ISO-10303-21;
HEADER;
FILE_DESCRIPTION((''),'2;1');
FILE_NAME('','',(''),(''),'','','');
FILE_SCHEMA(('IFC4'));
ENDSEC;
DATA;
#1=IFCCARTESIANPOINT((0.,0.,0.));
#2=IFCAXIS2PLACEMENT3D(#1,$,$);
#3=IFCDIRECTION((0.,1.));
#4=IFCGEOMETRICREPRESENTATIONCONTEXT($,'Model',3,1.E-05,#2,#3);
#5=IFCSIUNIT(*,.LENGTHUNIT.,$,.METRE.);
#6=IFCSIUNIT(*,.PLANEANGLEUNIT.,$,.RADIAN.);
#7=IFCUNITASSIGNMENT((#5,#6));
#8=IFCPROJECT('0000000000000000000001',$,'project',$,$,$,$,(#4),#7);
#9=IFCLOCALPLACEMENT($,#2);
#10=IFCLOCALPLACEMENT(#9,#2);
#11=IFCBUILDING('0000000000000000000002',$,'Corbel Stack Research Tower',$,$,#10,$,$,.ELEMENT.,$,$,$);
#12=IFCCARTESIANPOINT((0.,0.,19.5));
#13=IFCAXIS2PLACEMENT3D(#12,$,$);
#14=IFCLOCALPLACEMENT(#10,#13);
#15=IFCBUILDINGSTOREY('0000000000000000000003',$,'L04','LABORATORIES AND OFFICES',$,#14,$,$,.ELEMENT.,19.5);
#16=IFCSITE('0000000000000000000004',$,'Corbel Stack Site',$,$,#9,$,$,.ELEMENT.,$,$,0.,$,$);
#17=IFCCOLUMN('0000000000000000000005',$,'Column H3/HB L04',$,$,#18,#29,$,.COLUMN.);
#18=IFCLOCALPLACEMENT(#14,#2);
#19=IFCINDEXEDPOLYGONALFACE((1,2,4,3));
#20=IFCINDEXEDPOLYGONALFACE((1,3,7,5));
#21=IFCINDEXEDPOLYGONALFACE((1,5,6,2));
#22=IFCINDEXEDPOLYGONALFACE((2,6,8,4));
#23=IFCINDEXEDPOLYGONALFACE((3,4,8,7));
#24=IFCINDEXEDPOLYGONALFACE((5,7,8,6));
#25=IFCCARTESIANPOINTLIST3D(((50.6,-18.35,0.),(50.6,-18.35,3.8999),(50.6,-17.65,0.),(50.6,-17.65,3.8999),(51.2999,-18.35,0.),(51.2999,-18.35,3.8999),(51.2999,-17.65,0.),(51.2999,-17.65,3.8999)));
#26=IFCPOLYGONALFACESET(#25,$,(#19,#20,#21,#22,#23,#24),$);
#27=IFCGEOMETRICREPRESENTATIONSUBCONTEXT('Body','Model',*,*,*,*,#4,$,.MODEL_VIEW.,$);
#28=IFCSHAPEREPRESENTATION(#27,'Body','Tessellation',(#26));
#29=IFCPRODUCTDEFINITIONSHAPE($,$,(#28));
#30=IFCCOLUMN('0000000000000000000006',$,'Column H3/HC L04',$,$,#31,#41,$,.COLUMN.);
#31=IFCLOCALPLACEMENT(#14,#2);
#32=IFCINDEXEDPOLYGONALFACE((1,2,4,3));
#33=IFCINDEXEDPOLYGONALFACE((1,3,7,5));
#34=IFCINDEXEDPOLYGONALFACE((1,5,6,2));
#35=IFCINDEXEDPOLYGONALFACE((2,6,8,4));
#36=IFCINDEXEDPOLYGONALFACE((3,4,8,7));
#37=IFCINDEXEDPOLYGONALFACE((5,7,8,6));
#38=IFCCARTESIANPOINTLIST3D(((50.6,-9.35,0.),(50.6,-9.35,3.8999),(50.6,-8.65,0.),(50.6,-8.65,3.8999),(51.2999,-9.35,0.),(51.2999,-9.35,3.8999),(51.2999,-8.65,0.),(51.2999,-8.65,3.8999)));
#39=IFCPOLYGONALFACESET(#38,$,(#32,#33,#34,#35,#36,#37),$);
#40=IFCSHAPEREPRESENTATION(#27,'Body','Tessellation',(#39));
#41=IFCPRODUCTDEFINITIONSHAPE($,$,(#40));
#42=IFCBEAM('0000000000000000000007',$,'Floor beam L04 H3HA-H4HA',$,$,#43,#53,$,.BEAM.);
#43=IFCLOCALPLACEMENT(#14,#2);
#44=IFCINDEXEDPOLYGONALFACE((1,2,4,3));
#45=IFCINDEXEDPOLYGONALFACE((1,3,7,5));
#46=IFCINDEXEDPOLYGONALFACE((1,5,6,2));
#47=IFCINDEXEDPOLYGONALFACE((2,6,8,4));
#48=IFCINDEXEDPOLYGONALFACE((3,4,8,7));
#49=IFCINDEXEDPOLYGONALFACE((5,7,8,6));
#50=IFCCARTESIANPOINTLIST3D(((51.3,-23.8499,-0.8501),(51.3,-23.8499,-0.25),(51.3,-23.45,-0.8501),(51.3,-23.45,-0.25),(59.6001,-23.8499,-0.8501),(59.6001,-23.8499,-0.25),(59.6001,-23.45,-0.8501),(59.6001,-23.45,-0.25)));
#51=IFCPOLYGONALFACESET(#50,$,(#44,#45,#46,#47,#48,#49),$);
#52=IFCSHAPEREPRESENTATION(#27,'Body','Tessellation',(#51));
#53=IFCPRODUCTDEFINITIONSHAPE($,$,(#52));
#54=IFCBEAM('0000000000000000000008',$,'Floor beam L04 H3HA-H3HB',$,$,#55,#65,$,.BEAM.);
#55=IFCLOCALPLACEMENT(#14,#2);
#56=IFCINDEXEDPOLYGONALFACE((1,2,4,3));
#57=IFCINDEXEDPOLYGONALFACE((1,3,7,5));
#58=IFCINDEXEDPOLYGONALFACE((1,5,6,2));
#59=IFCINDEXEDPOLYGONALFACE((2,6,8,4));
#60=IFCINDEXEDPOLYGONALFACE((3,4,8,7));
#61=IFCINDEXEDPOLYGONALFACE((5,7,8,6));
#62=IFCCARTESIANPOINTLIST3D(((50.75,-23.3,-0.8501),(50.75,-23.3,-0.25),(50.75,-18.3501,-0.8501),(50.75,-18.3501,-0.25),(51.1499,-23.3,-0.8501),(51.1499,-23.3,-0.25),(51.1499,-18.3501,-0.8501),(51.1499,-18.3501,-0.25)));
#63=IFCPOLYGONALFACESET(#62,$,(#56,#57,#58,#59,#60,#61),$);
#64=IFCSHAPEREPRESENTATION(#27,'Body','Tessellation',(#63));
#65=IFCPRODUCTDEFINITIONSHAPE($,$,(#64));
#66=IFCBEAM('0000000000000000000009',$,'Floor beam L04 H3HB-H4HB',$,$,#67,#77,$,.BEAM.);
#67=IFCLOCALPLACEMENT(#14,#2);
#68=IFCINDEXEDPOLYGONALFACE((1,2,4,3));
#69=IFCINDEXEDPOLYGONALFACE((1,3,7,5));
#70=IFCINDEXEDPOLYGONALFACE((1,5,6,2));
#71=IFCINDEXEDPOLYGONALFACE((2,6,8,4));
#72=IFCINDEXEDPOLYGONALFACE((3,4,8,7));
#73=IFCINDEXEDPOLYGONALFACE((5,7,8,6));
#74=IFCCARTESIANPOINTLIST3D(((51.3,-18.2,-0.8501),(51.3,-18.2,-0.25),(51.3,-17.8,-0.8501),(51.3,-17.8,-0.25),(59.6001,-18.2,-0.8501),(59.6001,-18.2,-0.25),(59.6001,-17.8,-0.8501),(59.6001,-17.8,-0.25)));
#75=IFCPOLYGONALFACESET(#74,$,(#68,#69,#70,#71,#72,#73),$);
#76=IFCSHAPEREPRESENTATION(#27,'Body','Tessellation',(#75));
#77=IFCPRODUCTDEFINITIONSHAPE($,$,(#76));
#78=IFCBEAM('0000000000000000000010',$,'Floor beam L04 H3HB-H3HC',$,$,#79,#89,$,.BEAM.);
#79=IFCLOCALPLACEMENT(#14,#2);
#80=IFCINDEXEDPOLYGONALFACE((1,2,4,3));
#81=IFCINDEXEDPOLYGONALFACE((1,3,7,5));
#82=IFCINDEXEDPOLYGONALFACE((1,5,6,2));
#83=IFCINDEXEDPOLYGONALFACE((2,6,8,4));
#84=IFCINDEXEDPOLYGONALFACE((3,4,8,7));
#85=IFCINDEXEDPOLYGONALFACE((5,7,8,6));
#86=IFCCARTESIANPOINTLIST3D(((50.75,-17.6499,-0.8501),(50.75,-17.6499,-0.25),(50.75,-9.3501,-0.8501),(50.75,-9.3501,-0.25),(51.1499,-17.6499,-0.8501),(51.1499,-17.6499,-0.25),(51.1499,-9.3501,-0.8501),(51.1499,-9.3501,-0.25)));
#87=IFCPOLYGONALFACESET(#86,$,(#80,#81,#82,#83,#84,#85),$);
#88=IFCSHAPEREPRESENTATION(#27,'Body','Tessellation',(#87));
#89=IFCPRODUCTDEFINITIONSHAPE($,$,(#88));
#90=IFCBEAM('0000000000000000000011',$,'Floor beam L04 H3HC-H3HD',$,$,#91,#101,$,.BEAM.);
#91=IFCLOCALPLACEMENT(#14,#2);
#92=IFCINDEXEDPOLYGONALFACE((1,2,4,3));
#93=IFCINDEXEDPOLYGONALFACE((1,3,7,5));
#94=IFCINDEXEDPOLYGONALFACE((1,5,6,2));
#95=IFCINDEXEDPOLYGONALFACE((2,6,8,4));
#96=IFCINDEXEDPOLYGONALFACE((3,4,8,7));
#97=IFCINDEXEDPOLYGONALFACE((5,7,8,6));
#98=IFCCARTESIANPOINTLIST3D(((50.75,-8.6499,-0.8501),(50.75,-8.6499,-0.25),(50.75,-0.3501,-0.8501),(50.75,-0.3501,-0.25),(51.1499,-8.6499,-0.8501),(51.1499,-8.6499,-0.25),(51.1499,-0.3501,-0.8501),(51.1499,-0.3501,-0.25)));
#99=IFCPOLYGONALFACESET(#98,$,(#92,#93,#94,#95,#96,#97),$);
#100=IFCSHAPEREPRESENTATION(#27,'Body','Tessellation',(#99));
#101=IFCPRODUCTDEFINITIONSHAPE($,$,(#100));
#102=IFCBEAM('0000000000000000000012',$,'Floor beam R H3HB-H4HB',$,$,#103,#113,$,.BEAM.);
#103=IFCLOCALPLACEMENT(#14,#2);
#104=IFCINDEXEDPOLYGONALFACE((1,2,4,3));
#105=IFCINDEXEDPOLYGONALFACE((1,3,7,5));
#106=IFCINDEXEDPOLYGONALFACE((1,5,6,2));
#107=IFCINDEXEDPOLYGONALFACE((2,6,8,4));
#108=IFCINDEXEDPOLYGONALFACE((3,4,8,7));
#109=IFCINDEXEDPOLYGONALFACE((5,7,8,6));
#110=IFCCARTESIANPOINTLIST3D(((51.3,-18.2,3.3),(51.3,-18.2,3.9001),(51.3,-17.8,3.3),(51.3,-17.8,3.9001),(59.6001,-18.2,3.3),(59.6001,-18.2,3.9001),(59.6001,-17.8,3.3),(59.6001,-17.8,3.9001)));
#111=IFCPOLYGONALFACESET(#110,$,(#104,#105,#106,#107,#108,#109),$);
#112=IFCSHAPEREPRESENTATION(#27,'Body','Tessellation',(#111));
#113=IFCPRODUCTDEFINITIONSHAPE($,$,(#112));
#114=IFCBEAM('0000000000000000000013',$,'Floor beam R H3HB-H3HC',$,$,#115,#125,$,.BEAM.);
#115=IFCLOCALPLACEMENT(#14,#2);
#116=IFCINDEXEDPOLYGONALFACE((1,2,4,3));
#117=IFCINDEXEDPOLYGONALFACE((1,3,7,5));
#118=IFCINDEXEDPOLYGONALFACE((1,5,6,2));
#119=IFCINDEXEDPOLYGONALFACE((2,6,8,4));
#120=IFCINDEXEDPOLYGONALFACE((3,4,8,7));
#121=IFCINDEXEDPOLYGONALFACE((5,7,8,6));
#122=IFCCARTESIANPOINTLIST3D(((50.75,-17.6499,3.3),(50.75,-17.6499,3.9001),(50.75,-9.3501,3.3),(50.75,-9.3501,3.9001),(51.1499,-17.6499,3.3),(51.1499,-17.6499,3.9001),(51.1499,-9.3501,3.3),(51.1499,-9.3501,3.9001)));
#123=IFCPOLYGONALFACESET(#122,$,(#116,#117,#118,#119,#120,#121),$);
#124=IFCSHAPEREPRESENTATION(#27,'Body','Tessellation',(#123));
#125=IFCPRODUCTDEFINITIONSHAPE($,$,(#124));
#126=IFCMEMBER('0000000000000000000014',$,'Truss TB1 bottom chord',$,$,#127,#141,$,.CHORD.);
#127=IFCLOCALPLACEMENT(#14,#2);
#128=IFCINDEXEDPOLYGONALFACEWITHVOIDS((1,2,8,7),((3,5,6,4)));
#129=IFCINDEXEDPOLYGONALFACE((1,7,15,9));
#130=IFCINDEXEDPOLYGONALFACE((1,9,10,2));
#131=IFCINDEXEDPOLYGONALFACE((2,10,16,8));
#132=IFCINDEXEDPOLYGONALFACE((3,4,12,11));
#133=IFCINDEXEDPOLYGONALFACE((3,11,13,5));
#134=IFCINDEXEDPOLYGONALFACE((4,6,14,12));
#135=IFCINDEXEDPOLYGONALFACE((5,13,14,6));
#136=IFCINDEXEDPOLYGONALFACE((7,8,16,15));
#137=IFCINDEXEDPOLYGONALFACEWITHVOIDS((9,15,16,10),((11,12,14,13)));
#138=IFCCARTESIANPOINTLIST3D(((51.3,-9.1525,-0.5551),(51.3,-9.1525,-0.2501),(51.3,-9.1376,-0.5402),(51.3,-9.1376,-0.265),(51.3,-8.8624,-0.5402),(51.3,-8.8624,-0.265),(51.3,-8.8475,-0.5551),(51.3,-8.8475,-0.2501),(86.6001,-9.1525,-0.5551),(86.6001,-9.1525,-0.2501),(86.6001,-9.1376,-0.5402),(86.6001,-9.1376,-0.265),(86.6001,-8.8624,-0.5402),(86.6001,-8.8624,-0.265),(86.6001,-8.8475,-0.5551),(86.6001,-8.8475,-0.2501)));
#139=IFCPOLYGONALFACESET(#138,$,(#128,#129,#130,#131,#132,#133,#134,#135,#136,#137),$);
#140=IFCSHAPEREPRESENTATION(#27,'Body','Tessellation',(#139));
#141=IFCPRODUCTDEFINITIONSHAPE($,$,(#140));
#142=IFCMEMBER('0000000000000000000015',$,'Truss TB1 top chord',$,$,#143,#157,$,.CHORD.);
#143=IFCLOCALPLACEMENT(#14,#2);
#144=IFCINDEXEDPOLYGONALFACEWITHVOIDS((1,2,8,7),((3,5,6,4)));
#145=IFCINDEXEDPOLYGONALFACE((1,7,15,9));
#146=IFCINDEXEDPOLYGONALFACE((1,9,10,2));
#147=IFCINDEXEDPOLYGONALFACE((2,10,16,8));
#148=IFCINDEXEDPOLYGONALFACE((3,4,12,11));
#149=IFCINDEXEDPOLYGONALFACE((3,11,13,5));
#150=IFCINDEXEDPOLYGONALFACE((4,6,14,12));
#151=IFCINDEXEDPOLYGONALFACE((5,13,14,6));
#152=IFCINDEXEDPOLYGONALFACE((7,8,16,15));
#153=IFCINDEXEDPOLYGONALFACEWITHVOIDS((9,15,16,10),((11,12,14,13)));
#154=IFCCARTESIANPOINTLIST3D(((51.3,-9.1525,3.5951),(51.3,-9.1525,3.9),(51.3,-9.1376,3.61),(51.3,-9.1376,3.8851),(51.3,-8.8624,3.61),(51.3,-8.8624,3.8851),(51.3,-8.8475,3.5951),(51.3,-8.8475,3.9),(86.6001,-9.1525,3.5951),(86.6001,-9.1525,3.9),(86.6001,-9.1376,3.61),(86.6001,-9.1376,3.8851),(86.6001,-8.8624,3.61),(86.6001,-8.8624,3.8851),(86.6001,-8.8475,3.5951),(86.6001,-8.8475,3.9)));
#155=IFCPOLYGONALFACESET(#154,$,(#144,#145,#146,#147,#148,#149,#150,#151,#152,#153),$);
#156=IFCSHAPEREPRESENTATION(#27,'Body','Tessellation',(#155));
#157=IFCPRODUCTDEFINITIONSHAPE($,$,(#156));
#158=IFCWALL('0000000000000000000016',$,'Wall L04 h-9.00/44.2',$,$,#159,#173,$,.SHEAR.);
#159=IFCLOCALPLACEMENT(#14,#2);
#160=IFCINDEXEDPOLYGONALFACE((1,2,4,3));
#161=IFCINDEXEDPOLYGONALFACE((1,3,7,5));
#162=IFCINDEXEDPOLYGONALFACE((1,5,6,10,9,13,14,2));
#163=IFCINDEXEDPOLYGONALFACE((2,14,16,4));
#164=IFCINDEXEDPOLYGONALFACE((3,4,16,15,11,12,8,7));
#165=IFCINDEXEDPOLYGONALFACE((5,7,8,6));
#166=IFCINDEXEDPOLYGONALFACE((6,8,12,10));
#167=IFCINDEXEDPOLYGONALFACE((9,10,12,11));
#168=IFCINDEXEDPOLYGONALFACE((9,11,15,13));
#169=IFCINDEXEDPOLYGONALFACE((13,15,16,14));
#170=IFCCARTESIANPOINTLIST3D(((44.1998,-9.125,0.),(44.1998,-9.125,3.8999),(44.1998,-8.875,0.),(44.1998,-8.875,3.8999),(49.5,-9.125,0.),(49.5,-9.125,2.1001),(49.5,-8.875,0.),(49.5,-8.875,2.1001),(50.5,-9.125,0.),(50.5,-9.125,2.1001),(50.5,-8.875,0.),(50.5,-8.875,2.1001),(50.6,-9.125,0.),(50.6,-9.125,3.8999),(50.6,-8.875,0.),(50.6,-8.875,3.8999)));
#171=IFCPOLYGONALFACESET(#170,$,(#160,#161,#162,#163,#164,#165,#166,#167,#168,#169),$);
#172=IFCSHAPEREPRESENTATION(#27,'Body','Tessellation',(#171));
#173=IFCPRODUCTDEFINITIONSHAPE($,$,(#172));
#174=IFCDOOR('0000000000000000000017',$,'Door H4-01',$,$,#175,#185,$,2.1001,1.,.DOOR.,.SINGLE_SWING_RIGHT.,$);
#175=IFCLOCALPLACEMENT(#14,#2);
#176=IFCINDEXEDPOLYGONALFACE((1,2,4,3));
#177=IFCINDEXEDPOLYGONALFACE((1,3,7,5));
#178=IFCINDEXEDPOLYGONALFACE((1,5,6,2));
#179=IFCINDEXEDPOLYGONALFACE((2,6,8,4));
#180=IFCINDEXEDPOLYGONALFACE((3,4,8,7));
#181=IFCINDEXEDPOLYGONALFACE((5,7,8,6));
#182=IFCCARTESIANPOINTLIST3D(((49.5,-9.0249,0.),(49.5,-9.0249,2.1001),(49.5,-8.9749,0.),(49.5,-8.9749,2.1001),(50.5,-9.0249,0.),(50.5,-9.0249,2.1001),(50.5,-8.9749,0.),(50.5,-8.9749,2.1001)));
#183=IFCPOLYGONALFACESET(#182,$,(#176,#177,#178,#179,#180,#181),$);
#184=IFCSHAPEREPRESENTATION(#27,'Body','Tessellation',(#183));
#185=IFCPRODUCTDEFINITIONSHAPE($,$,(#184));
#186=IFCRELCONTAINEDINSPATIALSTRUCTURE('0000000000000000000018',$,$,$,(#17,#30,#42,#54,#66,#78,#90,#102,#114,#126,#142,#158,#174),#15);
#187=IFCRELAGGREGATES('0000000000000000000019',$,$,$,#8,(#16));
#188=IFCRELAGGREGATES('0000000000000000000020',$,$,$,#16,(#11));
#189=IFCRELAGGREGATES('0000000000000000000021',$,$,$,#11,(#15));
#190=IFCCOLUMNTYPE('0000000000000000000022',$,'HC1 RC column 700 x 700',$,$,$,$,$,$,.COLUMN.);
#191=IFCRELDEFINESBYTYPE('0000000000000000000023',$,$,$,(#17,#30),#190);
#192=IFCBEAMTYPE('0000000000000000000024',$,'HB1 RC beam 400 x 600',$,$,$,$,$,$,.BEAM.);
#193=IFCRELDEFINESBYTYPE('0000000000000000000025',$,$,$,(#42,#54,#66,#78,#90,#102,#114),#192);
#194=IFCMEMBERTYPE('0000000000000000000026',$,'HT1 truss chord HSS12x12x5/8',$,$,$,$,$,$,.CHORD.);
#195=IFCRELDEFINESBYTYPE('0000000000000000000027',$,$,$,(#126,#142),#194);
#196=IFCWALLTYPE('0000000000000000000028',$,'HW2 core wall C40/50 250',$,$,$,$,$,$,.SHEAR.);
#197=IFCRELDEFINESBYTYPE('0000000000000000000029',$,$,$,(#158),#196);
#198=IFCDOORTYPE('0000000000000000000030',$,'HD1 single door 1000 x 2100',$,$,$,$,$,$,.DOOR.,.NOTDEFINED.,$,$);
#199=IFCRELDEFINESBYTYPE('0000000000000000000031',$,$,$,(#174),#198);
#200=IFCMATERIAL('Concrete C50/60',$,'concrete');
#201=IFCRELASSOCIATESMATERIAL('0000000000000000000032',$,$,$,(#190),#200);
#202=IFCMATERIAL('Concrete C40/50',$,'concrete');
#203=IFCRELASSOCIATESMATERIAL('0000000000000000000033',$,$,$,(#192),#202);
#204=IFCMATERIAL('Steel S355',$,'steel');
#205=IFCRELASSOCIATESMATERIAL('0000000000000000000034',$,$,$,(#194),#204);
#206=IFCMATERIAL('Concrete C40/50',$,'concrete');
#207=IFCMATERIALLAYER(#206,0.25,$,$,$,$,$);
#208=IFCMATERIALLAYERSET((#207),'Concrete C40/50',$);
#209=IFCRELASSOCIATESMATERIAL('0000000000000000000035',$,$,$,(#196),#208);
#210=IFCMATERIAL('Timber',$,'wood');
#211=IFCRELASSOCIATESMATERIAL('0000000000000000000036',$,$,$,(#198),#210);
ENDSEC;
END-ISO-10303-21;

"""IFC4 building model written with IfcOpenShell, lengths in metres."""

from ifc_helpers import new_model, si_unit, direction, frame, frame_2d, origin, origin_2d, place, context, subcontext, project, spatial, rectangle, hollow_rectangle, extrude, material, layer, layer_set, material_profile, profile_set, type_object, element, fill, save


model = new_model("IFC4")

# Units and contexts
model_context = context("Model", 3, precision=1e-05, world=origin(), true_north=direction((0.0, 1.0)))
body_context = subcontext(model_context, "Body", "Model", "MODEL_VIEW")
ifc_project = project(units=[si_unit("LENGTHUNIT", "METRE"), si_unit("PLANEANGLEUNIT", "RADIAN")], contexts=[model_context])

# Site, building, storey
site_placement = place(None, origin())
site = spatial("IfcSite", under=ifc_project, at=site_placement, Name="Corbel Stack Site", CompositionType="ELEMENT", RefElevation=0.0)
building_placement = place(site_placement, origin())
building = spatial("IfcBuilding", under=site, at=building_placement, Name="Corbel Stack Research Tower", CompositionType="ELEMENT")
storey_placement = place(building_placement, frame((0.0, 0.0, 19.5)))
storey = spatial("IfcBuildingStorey", under=building, at=storey_placement, Name="L04", Description="LABORATORIES AND OFFICES", CompositionType="ELEMENT", Elevation=19.5)

# Columns
ifc_material_1 = material(Name="Concrete C50/60", Category="concrete")
ifc_material_profile_1 = material_profile(ifc_material_1, rectangle(XDim=0.7, YDim=0.7, at=origin_2d()), Name="RC 700 x 700")
ifc_profile_set_1 = profile_set([ifc_material_profile_1], Name="Concrete C50/60")
column_type = type_object("IfcColumnType", Name="HC1 RC column 700 x 700", PredefinedType="COLUMN", material=ifc_profile_set_1)
for number, where, z_axis, x_axis, name in (
    (1, (50.95, -18.0, 0.0), (0.0, 0.0, 1.0), (1.0, 0.0, 0.0), "Column H3/HB L04"),
    (2, (50.95, -9.0, 0.0), (0.0, 0.0, 1.0), (1.0, 0.0, 0.0), "Column H3/HC L04"),
):
    element("IfcColumn", number, at=place(storey_placement, frame(where, z_axis=z_axis, x_axis=x_axis)), inside=storey, type_object=column_type, Name=name, PredefinedType="COLUMN", context=body_context, shape_type="SweptSolid", body=[
        extrude(rectangle(XDim=0.7, YDim=0.7, at=origin_2d()), origin(), (0.0, 0.0, 1.0), 3.8999),
    ])

# Beams
ifc_material_2 = material(Name="Concrete C40/50", Category="concrete")
ifc_material_profile_2 = material_profile(ifc_material_2, rectangle(XDim=0.3999, YDim=0.6001, at=origin_2d()), Name="RC 400 x 600")
ifc_profile_set_2 = profile_set([ifc_material_profile_2], Name="Concrete C40/50")
beam_type = type_object("IfcBeamType", Name="HB1 RC beam 400 x 600", PredefinedType="BEAM", material=ifc_profile_set_2)
beam_1_placement = place(storey_placement, frame((51.3, -23.6499, -0.55), z_axis=(1.0, 0.0, 0.0), x_axis=(0.0, 1.0, 0.0)))
element("IfcBeam", 3, at=beam_1_placement, inside=storey, type_object=beam_type, Name="Floor beam L04 H3HA-H4HA", PredefinedType="BEAM", context=body_context, shape_type="SweptSolid", body=[
    extrude(rectangle(XDim=0.3999, YDim=0.6001, at=origin_2d()), origin(), (0.0, 0.0, 1.0), 8.3),
])
beam_2_placement = place(storey_placement, frame((50.95, -23.3, -0.55), z_axis=(0.0, 1.0, 0.0), x_axis=(-1.0, 0.0, 0.0)))
element("IfcBeam", 4, at=beam_2_placement, inside=storey, type_object=beam_type, Name="Floor beam L04 H3HA-H3HB", PredefinedType="BEAM", context=body_context, shape_type="SweptSolid", body=[
    extrude(rectangle(XDim=0.3999, YDim=0.6001, at=origin_2d()), origin(), (0.0, 0.0, 1.0), 4.95),
])
beam_3_placement = place(storey_placement, frame((51.3, -18.0, -0.55), z_axis=(1.0, 0.0, 0.0), x_axis=(0.0, 1.0, 0.0)))
element("IfcBeam", 5, at=beam_3_placement, inside=storey, type_object=beam_type, Name="Floor beam L04 H3HB-H4HB", PredefinedType="BEAM", context=body_context, shape_type="SweptSolid", body=[
    extrude(rectangle(XDim=0.3999, YDim=0.6001, at=origin_2d()), origin(), (0.0, 0.0, 1.0), 8.3),
])
for number, where, z_axis, x_axis, name in (
    (6, (50.95, -17.6499, -0.55), (0.0, 1.0, 0.0), (-1.0, 0.0, 0.0), "Floor beam L04 H3HB-H3HC"),
    (7, (50.95, -8.6499, -0.55), (0.0, 1.0, 0.0), (-1.0, 0.0, 0.0), "Floor beam L04 H3HC-H3HD"),
):
    element("IfcBeam", number, at=place(storey_placement, frame(where, z_axis=z_axis, x_axis=x_axis)), inside=storey, type_object=beam_type, Name=name, PredefinedType="BEAM", context=body_context, shape_type="SweptSolid", body=[
        extrude(rectangle(XDim=0.3999, YDim=0.6001, at=origin_2d()), origin(), (0.0, 0.0, 1.0), 8.2998),
    ])
beam_4_placement = place(storey_placement, frame((51.3, -18.0, 3.6001), z_axis=(1.0, 0.0, 0.0), x_axis=(0.0, 1.0, 0.0)))
element("IfcBeam", 8, at=beam_4_placement, inside=storey, type_object=beam_type, Name="Floor beam R H3HB-H4HB", PredefinedType="BEAM", context=body_context, shape_type="SweptSolid", body=[
    extrude(rectangle(XDim=0.3999, YDim=0.6001, at=origin_2d()), origin(), (0.0, 0.0, 1.0), 8.3),
])
beam_5_placement = place(storey_placement, frame((50.95, -17.6499, 3.6001), z_axis=(0.0, 1.0, 0.0), x_axis=(-1.0, 0.0, 0.0)))
element("IfcBeam", 9, at=beam_5_placement, inside=storey, type_object=beam_type, Name="Floor beam R H3HB-H3HC", PredefinedType="BEAM", context=body_context, shape_type="SweptSolid", body=[
    extrude(rectangle(XDim=0.3999, YDim=0.6001, at=origin_2d()), origin(), (0.0, 0.0, 1.0), 8.2998),
])

# Members
ifc_material_3 = material(Name="Steel S355", Category="steel")
ifc_material_profile_3 = material_profile(ifc_material_3, hollow_rectangle(XDim=0.3049, YDim=0.3049, WallThickness=0.0149, at=origin_2d()), Name="HSS12x12x5/8")
ifc_profile_set_3 = profile_set([ifc_material_profile_3], Name="Steel S355")
member_type = type_object("IfcMemberType", Name="HT1 truss chord HSS12x12x5/8", PredefinedType="CHORD", material=ifc_profile_set_3)
for number, where, z_axis, x_axis, name in (
    (10, (51.3, -9.0, -0.4026), (1.0, 0.0, 0.0), (0.0, 1.0, 0.0), "Truss TB1 bottom chord"),
    (11, (51.3, -9.0, 3.7476), (1.0, 0.0, 0.0), (0.0, 1.0, 0.0), "Truss TB1 top chord"),
):
    element("IfcMember", number, at=place(storey_placement, frame(where, z_axis=z_axis, x_axis=x_axis)), inside=storey, type_object=member_type, Name=name, PredefinedType="CHORD", context=body_context, shape_type="SweptSolid", body=[
        extrude(hollow_rectangle(XDim=0.3049, YDim=0.3049, WallThickness=0.0149, at=origin_2d()), origin(), (0.0, 0.0, 1.0), 35.3),
    ])

# Wall, opening, door
ifc_material_4 = material(Name="Concrete C40/50", Category="concrete")
ifc_layer_1 = layer(ifc_material_4, 0.25)
ifc_layer_set_1 = layer_set([ifc_layer_1], Name="Concrete C40/50")
wall_type_1 = type_object("IfcWallType", Name="HW2 core wall C40/50 250", PredefinedType="SHEAR", material=ifc_layer_set_1)
wall_1_placement = place(storey_placement, frame((50.6001, -9.0, 0.0), z_axis=(0.0, 0.0, 1.0), x_axis=(-1.0, 0.0, 0.0)))
wall_1 = element("IfcWall", 12, at=wall_1_placement, inside=storey, type_object=wall_type_1, Name="Wall L04 h-9.00/44.2", PredefinedType="SHEAR", context=body_context, shape_type="SweptSolid", body=[
    extrude(rectangle(XDim=6.4001, YDim=0.25, at=frame_2d((3.2002, 0.0))), origin(), (0.0, 0.0, 1.0), 3.8999),
])
opening_1_placement = place(wall_1_placement, frame((0.1001, 0.0, 0.0)))
opening_1 = element("IfcOpeningElement", 13, at=opening_1_placement, cuts=wall_1, PredefinedType="OPENING", context=body_context, shape_type="SweptSolid", body=[
    extrude(rectangle(XDim=1.0, YDim=2.1001, at=frame_2d((0.5, 1.05))), frame((0.0, 0.135, 0.0), z_axis=(0.0, -1.0, 0.0), x_axis=(1.0, 0.0, 0.0)), (0.0, 0.0, 1.0), 0.27),
])
ifc_material_5 = material(Name="Timber", Category="wood")
door_type = type_object("IfcDoorType", Name="HD1 single door 1000 x 2100", OperationType="NOTDEFINED", PredefinedType="DOOR", material=ifc_material_5)
door_1_placement = place(opening_1_placement, origin())
door_1 = element("IfcDoor", 14, at=door_1_placement, inside=storey, type_object=door_type, Name="Door H4-01", OperationType="SINGLE_SWING_RIGHT", OverallHeight=2.1001, OverallWidth=1.0, PredefinedType="DOOR", context=body_context, shape_type="SweptSolid", body=[
    extrude(rectangle(XDim=1.0, YDim=2.1001, at=frame_2d((0.5, 1.05))), frame((0.0, 0.0249, 0.0), z_axis=(0.0, -1.0, 0.0), x_axis=(1.0, 0.0, 0.0)), (0.0, 0.0, 1.0), 0.05),
])
fill(opening_1, door_1)

save(model, "model.ifc")
